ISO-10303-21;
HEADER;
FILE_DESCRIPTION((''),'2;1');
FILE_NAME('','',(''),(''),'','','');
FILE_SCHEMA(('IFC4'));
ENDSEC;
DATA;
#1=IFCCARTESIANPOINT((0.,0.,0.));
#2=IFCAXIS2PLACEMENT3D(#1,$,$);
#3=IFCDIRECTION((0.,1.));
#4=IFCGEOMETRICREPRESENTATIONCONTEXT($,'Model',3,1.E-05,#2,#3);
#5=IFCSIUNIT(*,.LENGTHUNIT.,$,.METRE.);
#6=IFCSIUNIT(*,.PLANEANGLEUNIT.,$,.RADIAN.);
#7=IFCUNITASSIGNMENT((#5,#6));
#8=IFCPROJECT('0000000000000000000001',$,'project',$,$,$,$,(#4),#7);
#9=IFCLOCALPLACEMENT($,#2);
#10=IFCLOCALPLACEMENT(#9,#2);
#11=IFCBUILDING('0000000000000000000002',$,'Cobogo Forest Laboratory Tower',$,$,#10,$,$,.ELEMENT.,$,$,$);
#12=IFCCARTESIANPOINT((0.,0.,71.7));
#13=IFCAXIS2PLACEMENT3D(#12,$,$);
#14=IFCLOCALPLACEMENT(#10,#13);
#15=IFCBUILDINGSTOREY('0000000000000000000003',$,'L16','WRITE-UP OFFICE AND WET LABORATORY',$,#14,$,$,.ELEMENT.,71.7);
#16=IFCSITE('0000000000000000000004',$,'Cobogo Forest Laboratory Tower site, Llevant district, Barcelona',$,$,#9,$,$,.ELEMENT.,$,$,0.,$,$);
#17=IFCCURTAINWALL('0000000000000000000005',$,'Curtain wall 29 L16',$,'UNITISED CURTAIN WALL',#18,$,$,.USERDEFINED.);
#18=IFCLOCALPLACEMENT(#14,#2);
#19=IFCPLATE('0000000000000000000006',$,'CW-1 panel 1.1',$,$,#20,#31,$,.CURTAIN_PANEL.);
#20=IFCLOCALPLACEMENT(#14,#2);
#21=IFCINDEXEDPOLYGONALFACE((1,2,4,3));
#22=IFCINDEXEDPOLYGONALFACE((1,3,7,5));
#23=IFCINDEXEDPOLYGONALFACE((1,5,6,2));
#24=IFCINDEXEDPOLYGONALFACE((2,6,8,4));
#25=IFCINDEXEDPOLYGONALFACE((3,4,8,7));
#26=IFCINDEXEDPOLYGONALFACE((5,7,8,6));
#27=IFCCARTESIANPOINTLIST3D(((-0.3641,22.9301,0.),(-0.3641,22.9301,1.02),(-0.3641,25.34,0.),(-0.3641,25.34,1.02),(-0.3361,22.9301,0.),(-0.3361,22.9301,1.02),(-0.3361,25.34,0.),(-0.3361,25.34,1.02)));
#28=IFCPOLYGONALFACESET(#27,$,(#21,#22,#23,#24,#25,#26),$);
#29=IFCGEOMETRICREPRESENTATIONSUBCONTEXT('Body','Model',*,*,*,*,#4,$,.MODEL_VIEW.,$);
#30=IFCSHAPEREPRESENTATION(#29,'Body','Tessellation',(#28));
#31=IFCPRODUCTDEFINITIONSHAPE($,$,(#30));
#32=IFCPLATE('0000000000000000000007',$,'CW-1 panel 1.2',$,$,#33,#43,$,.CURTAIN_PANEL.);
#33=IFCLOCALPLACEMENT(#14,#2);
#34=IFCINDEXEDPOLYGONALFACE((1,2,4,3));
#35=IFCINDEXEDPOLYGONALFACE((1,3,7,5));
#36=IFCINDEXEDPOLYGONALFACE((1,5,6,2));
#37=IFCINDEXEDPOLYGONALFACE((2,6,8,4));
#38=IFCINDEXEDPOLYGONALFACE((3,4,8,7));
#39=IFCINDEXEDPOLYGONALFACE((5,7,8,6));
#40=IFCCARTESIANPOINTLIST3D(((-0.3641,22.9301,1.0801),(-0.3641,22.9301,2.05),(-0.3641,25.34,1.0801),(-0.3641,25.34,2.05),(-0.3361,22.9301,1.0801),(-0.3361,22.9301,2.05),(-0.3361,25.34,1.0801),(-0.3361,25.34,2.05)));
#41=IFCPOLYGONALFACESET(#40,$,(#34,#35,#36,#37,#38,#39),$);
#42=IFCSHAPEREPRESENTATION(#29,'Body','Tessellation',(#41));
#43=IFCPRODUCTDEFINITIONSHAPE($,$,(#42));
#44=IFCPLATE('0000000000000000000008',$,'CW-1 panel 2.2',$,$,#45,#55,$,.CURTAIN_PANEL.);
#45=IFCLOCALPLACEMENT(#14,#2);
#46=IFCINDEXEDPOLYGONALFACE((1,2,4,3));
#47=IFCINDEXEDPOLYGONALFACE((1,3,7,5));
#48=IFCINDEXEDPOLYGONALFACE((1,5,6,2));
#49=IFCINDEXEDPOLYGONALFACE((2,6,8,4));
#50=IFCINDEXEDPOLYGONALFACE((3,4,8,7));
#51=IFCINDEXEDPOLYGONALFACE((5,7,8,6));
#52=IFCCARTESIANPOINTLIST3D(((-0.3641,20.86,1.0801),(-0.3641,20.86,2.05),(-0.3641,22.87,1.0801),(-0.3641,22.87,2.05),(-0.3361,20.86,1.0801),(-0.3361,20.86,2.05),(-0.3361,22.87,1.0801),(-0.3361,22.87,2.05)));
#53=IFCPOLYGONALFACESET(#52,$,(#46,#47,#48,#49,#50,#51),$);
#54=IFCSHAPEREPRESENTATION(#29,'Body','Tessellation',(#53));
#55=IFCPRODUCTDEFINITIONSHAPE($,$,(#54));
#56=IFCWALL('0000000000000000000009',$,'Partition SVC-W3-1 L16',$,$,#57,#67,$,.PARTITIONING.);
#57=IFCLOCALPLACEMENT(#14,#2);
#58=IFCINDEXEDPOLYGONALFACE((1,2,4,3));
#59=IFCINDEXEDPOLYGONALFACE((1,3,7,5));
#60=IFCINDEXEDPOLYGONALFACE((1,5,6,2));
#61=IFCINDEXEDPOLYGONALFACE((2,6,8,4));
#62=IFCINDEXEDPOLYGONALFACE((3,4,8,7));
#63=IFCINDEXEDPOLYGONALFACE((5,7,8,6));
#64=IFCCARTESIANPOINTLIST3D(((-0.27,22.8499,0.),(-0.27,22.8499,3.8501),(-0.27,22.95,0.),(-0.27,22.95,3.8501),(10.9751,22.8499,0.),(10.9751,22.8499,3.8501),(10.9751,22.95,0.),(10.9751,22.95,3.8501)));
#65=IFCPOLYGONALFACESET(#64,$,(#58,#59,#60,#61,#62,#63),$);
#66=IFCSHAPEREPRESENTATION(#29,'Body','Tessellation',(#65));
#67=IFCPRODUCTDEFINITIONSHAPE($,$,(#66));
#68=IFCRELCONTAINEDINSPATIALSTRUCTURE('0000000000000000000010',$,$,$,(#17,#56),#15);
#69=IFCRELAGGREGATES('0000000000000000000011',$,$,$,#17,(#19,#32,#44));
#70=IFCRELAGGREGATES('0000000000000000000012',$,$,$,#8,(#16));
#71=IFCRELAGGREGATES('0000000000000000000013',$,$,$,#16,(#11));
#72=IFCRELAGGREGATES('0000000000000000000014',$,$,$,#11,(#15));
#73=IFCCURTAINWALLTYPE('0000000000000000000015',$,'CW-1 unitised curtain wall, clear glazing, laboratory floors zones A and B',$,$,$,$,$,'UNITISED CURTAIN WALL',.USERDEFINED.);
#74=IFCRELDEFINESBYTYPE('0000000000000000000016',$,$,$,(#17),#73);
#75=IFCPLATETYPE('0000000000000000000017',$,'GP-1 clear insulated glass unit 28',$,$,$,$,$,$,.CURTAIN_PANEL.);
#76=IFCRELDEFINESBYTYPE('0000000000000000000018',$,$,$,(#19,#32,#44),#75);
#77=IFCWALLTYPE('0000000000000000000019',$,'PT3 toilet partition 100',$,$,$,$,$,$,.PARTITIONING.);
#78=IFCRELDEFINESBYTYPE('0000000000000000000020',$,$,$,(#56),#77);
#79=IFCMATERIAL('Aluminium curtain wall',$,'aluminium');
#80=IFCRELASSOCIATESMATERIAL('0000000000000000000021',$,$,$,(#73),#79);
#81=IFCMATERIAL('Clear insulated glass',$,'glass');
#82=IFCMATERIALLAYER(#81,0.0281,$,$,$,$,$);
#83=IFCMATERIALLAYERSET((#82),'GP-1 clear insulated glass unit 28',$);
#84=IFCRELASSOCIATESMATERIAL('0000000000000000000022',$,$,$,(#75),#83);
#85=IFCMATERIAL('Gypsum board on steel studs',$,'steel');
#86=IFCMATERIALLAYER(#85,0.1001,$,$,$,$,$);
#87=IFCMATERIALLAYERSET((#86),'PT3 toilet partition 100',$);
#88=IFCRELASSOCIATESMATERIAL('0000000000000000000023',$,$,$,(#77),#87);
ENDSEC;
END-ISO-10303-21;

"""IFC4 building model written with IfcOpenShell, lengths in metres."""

from ifc_helpers import new_model, si_unit, direction, frame, frame_2d, origin, origin_2d, place, context, subcontext, project, spatial, rectangle, extrude, material, layer, layer_set, type_object, element, aggregate, save


model = new_model("IFC4")

# Units and contexts
model_context = context("Model", 3, precision=1e-05, world=origin(), true_north=direction((0.0, 1.0)))
body_context = subcontext(model_context, "Body", "Model", "MODEL_VIEW")
ifc_project = project(units=[si_unit("LENGTHUNIT", "METRE"), si_unit("PLANEANGLEUNIT", "RADIAN")], contexts=[model_context])

# Site, building, storey
site_placement = place(None, origin())
site = spatial("IfcSite", under=ifc_project, at=site_placement, Name="Cobogo Forest Laboratory Tower site, Llevant district, Barcelona", CompositionType="ELEMENT", RefElevation=0.0)
building_placement = place(site_placement, origin())
building = spatial("IfcBuilding", under=site, at=building_placement, Name="Cobogo Forest Laboratory Tower", CompositionType="ELEMENT")
storey_placement = place(building_placement, frame((0.0, 0.0, 71.7)))
storey = spatial("IfcBuildingStorey", under=building, at=storey_placement, Name="L16", Description="WRITE-UP OFFICE AND WET LABORATORY", CompositionType="ELEMENT", Elevation=71.7)

# Curtain wall
ifc_material_1 = material(Name="Aluminium curtain wall", Category="aluminium")
curtain_wall_type = type_object("IfcCurtainWallType", Name="CW-1 unitised curtain wall, clear glazing, laboratory floors zones A and B", ElementType="UNITISED CURTAIN WALL", PredefinedType="USERDEFINED", material=ifc_material_1)
curtain_wall_1_placement = place(storey_placement, origin())
curtain_wall_1 = element("IfcCurtainWall", 1, at=curtain_wall_1_placement, inside=storey, type_object=curtain_wall_type, Name="Curtain wall 29 L16", ObjectType="UNITISED CURTAIN WALL", PredefinedType="USERDEFINED")

# Plates
ifc_material_2 = material(Name="Clear insulated glass", Category="glass")
ifc_layer_1 = layer(ifc_material_2, 0.0281)
ifc_layer_set_1 = layer_set([ifc_layer_1], Name="GP-1 clear insulated glass unit 28")
plate_type_1 = type_object("IfcPlateType", Name="GP-1 clear insulated glass unit 28", PredefinedType="CURTAIN_PANEL", material=ifc_layer_set_1)
plate_1_placement = place(storey_placement, frame((-0.3501, 24.135, 0.0), z_axis=(0.0, 0.0, 1.0), x_axis=(0.0, -1.0, 0.0)))
plate_1 = element("IfcPlate", 2, at=plate_1_placement, type_object=plate_type_1, Name="CW-1 panel 1.1", PredefinedType="CURTAIN_PANEL", context=body_context, shape_type="SweptSolid", body=[
    extrude(rectangle(XDim=2.4099, YDim=0.0281, at=origin_2d()), origin(), (0.0, 0.0, 1.0), 1.02),
])
plate_2_placement = place(storey_placement, frame((-0.3501, 24.135, 1.0801), z_axis=(0.0, 0.0, 1.0), x_axis=(0.0, -1.0, 0.0)))
plate_2 = element("IfcPlate", 3, at=plate_2_placement, type_object=plate_type_1, Name="CW-1 panel 1.2", PredefinedType="CURTAIN_PANEL", context=body_context, shape_type="SweptSolid", body=[
    extrude(rectangle(XDim=2.4099, YDim=0.0281, at=origin_2d()), origin(), (0.0, 0.0, 1.0), 0.97),
])
plate_3_placement = place(storey_placement, frame((-0.3501, 21.865, 1.0801), z_axis=(0.0, 0.0, 1.0), x_axis=(0.0, -1.0, 0.0)))
plate_3 = element("IfcPlate", 4, at=plate_3_placement, type_object=plate_type_1, Name="CW-1 panel 2.2", PredefinedType="CURTAIN_PANEL", context=body_context, shape_type="SweptSolid", body=[
    extrude(rectangle(XDim=2.01, YDim=0.0281, at=origin_2d()), origin(), (0.0, 0.0, 1.0), 0.97),
])
aggregate(curtain_wall_1, [plate_1, plate_2, plate_3])

# Wall
ifc_material_3 = material(Name="Gypsum board on steel studs", Category="steel")
ifc_layer_2 = layer(ifc_material_3, 0.1001)
ifc_layer_set_2 = layer_set([ifc_layer_2], Name="PT3 toilet partition 100")
wall_type = type_object("IfcWallType", Name="PT3 toilet partition 100", PredefinedType="PARTITIONING", material=ifc_layer_set_2)
wall_placement = place(storey_placement, frame((-0.27, 22.8999, 0.0), z_axis=(0.0, 0.0, 1.0), x_axis=(1.0, 0.0, 0.0)))
element("IfcWall", 5, at=wall_placement, inside=storey, type_object=wall_type, Name="Partition SVC-W3-1 L16", PredefinedType="PARTITIONING", context=body_context, shape_type="SweptSolid", body=[
    extrude(rectangle(XDim=11.2451, YDim=0.1001, at=frame_2d((5.6226, 0.0))), origin(), (0.0, 0.0, 1.0), 3.8501),
])

save(model, "model.ifc")
